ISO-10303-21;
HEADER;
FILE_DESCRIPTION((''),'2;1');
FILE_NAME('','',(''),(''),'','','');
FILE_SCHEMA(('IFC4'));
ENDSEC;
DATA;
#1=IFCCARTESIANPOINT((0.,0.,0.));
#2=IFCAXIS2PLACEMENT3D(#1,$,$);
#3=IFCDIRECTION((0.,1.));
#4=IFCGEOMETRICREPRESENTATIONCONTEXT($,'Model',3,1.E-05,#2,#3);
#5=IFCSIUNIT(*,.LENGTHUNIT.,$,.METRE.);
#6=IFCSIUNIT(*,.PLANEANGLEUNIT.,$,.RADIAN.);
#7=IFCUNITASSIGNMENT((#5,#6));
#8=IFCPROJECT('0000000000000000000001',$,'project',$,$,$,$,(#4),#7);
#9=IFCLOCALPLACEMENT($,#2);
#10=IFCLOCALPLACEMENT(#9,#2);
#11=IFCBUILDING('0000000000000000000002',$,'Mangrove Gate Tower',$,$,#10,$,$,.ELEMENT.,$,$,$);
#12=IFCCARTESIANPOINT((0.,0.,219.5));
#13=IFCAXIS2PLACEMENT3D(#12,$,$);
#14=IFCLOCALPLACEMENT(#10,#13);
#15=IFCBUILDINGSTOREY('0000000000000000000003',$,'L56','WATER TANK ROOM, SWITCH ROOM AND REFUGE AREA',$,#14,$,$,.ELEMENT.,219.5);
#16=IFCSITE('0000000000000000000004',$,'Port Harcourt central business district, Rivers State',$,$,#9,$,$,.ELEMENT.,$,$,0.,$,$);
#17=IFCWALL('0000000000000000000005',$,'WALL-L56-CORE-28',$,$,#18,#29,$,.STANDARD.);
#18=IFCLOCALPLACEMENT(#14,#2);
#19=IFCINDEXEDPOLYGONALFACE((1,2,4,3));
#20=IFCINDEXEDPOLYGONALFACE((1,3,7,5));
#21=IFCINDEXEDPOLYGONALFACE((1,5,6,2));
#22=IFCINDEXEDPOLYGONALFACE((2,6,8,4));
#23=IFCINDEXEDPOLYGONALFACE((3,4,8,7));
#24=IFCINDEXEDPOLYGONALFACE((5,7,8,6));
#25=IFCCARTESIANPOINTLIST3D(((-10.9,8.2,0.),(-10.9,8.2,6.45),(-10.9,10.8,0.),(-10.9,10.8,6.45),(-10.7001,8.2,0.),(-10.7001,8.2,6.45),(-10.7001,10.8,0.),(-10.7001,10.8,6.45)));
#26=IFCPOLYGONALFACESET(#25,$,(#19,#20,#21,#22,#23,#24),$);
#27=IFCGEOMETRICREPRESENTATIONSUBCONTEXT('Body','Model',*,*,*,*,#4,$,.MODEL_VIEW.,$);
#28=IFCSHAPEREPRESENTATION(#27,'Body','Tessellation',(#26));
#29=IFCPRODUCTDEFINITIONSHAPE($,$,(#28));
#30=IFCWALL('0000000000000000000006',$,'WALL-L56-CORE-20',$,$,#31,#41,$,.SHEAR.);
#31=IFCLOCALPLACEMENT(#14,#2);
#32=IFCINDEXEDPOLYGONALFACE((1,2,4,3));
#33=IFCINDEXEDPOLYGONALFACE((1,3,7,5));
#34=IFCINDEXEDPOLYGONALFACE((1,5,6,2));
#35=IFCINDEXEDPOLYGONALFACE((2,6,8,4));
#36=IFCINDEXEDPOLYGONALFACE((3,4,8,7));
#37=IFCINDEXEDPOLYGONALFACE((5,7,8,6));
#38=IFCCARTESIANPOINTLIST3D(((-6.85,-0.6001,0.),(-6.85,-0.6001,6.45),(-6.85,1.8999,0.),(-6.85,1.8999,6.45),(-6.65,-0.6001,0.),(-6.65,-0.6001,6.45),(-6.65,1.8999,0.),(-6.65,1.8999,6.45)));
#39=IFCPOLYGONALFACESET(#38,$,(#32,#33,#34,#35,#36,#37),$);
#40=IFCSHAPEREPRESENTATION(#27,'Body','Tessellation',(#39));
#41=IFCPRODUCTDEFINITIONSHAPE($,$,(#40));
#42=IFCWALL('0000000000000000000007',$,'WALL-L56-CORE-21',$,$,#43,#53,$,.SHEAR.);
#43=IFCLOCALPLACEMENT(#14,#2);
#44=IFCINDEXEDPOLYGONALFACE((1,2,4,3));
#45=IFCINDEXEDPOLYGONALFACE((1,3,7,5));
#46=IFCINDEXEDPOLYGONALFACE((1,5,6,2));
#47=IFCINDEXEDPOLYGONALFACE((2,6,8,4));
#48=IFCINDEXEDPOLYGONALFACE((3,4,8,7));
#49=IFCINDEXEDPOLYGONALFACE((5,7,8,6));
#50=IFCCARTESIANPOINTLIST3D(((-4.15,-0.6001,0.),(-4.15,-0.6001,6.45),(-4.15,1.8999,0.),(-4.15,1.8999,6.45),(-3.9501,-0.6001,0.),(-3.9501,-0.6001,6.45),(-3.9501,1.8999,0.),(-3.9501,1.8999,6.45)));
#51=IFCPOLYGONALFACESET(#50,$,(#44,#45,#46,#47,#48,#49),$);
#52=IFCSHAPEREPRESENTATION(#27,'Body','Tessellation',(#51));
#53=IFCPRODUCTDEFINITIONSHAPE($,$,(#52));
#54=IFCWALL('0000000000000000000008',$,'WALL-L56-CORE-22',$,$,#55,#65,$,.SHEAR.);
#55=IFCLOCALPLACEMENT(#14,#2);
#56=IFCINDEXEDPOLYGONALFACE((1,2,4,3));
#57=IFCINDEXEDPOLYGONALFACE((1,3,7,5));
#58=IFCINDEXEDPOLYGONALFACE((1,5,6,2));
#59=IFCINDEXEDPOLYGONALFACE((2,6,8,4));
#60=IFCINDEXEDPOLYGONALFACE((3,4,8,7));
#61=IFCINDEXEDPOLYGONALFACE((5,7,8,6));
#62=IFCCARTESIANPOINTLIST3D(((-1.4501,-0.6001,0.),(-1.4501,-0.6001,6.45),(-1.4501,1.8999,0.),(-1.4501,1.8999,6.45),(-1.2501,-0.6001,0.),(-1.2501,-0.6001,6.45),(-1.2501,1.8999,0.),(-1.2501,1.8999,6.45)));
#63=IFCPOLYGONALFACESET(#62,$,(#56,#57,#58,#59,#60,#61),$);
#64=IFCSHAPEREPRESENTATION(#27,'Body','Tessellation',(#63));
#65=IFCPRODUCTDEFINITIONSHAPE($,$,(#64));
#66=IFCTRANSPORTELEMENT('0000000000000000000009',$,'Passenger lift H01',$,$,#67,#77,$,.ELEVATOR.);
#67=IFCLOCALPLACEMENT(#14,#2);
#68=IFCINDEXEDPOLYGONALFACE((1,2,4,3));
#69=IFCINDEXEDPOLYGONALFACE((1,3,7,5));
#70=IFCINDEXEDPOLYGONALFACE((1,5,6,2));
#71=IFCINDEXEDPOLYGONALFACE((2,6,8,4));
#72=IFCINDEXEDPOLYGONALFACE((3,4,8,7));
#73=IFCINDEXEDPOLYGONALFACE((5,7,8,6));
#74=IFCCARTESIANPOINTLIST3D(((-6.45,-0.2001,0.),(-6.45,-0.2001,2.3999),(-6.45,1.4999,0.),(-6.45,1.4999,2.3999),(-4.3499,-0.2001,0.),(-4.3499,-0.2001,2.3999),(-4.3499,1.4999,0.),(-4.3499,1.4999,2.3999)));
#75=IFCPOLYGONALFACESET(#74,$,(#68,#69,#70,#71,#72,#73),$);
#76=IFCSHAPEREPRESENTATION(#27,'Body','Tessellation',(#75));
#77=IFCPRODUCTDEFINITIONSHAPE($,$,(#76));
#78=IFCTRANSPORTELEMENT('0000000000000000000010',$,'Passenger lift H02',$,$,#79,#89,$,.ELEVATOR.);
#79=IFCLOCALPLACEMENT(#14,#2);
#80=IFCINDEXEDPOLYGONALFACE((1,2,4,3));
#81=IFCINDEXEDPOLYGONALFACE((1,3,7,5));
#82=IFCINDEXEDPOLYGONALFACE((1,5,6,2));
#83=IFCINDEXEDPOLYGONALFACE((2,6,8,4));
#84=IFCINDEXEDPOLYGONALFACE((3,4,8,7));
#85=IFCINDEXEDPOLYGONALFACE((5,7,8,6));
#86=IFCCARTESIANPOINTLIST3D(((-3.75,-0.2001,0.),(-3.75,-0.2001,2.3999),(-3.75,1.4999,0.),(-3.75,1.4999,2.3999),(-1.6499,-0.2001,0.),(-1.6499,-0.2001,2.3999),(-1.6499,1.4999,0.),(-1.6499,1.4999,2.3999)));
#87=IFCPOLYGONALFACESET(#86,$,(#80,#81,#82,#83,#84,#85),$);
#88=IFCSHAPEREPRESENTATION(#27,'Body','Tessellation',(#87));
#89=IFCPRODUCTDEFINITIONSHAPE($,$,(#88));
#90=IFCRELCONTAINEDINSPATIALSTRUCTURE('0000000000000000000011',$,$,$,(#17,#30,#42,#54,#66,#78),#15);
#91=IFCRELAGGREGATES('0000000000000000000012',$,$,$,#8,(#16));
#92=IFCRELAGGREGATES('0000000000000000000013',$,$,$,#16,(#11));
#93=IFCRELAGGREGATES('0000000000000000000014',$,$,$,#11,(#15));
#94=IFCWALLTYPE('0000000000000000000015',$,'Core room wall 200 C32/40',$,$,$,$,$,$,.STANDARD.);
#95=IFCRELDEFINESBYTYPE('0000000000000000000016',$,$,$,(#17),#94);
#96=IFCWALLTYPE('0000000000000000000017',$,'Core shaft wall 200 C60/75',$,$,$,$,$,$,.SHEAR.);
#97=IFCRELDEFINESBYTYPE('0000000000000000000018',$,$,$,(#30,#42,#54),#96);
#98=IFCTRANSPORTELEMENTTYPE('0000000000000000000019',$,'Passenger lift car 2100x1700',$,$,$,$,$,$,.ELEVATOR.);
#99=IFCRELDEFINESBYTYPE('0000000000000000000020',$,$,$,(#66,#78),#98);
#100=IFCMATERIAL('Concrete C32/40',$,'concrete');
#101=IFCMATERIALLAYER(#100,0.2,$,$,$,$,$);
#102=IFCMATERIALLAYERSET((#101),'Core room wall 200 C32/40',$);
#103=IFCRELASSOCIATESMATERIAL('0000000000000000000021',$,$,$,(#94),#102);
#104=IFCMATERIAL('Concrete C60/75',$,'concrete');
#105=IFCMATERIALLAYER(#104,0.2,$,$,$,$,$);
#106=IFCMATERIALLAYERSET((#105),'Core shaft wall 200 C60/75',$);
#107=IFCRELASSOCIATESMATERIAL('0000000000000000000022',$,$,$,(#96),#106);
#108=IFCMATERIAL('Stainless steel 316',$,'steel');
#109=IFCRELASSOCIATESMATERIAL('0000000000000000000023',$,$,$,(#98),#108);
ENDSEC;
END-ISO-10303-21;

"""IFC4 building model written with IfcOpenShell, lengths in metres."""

from ifc_helpers import new_model, si_unit, direction, frame, frame_2d, origin, origin_2d, place, context, subcontext, project, spatial, rectangle, extrude, material, layer, layer_set, type_object, element, save


model = new_model("IFC4")

# Units and contexts
model_context = context("Model", 3, precision=1e-05, world=origin(), true_north=direction((0.0, 1.0)))
body_context = subcontext(model_context, "Body", "Model", "MODEL_VIEW")
ifc_project = project(units=[si_unit("LENGTHUNIT", "METRE"), si_unit("PLANEANGLEUNIT", "RADIAN")], contexts=[model_context])

# Site, building, storey
site_placement = place(None, origin())
site = spatial("IfcSite", under=ifc_project, at=site_placement, Name="Port Harcourt central business district, Rivers State", CompositionType="ELEMENT", RefElevation=0.0)
building_placement = place(site_placement, origin())
building = spatial("IfcBuilding", under=site, at=building_placement, Name="Mangrove Gate Tower", CompositionType="ELEMENT")
storey_placement = place(building_placement, frame((0.0, 0.0, 219.5)))
storey = spatial("IfcBuildingStorey", under=building, at=storey_placement, Name="L56", Description="WATER TANK ROOM, SWITCH ROOM AND REFUGE AREA", CompositionType="ELEMENT", Elevation=219.5)

# Walls
ifc_material_1 = material(Name="Concrete C32/40", Category="concrete")
ifc_layer_1 = layer(ifc_material_1, 0.2)
ifc_layer_set_1 = layer_set([ifc_layer_1], Name="Core room wall 200 C32/40")
wall_type_1 = type_object("IfcWallType", Name="Core room wall 200 C32/40", PredefinedType="STANDARD", material=ifc_layer_set_1)
wall_placement = place(storey_placement, frame((-10.8, 8.2, 0.0), z_axis=(0.0, 0.0, 1.0), x_axis=(0.0, 1.0, 0.0)))
element("IfcWall", 1, at=wall_placement, inside=storey, type_object=wall_type_1, Name="WALL-L56-CORE-28", PredefinedType="STANDARD", context=body_context, shape_type="SweptSolid", body=[
    extrude(rectangle(XDim=2.6001, YDim=0.2, at=frame_2d((1.3, 0.0))), origin(), (0.0, 0.0, 1.0), 6.45),
])
ifc_material_2 = material(Name="Concrete C60/75", Category="concrete")
ifc_layer_2 = layer(ifc_material_2, 0.2)
ifc_layer_set_2 = layer_set([ifc_layer_2], Name="Core shaft wall 200 C60/75")
wall_type_2 = type_object("IfcWallType", Name="Core shaft wall 200 C60/75", PredefinedType="SHEAR", material=ifc_layer_set_2)
for number, where, z_axis, x_axis, name in (
    (2, (-6.75, -0.6001, 0.0), (0.0, 0.0, 1.0), (0.0, 1.0, 0.0), "WALL-L56-CORE-20"),
    (3, (-4.05, -0.6001, 0.0), (0.0, 0.0, 1.0), (0.0, 1.0, 0.0), "WALL-L56-CORE-21"),
    (4, (-1.3501, -0.6001, 0.0), (0.0, 0.0, 1.0), (0.0, 1.0, 0.0), "WALL-L56-CORE-22"),
):
    element("IfcWall", number, at=place(storey_placement, frame(where, z_axis=z_axis, x_axis=x_axis)), inside=storey, type_object=wall_type_2, Name=name, PredefinedType="SHEAR", context=body_context, shape_type="SweptSolid", body=[
        extrude(rectangle(XDim=2.5, YDim=0.2, at=frame_2d((1.25, 0.0))), origin(), (0.0, 0.0, 1.0), 6.45),
    ])

# Transport elements
ifc_material_3 = material(Name="Stainless steel 316", Category="steel")
transport_element_type = type_object("IfcTransportElementType", Name="Passenger lift car 2100x1700", PredefinedType="ELEVATOR", material=ifc_material_3)
for number, where, z_axis, x_axis, name in (
    (5, (-5.3999, 0.6499, 0.0), (0.0, 0.0, 1.0), (1.0, 0.0, 0.0), "Passenger lift H01"),
    (6, (-2.7, 0.6499, 0.0), (0.0, 0.0, 1.0), (1.0, 0.0, 0.0), "Passenger lift H02"),
):
    element("IfcTransportElement", number, at=place(storey_placement, frame(where, z_axis=z_axis, x_axis=x_axis)), inside=storey, type_object=transport_element_type, Name=name, PredefinedType="ELEVATOR", context=body_context, shape_type="SweptSolid", body=[
        extrude(rectangle(XDim=2.1001, YDim=1.7, at=origin_2d()), origin(), (0.0, 0.0, 1.0), 2.3999),
    ])

save(model, "model.ifc")
